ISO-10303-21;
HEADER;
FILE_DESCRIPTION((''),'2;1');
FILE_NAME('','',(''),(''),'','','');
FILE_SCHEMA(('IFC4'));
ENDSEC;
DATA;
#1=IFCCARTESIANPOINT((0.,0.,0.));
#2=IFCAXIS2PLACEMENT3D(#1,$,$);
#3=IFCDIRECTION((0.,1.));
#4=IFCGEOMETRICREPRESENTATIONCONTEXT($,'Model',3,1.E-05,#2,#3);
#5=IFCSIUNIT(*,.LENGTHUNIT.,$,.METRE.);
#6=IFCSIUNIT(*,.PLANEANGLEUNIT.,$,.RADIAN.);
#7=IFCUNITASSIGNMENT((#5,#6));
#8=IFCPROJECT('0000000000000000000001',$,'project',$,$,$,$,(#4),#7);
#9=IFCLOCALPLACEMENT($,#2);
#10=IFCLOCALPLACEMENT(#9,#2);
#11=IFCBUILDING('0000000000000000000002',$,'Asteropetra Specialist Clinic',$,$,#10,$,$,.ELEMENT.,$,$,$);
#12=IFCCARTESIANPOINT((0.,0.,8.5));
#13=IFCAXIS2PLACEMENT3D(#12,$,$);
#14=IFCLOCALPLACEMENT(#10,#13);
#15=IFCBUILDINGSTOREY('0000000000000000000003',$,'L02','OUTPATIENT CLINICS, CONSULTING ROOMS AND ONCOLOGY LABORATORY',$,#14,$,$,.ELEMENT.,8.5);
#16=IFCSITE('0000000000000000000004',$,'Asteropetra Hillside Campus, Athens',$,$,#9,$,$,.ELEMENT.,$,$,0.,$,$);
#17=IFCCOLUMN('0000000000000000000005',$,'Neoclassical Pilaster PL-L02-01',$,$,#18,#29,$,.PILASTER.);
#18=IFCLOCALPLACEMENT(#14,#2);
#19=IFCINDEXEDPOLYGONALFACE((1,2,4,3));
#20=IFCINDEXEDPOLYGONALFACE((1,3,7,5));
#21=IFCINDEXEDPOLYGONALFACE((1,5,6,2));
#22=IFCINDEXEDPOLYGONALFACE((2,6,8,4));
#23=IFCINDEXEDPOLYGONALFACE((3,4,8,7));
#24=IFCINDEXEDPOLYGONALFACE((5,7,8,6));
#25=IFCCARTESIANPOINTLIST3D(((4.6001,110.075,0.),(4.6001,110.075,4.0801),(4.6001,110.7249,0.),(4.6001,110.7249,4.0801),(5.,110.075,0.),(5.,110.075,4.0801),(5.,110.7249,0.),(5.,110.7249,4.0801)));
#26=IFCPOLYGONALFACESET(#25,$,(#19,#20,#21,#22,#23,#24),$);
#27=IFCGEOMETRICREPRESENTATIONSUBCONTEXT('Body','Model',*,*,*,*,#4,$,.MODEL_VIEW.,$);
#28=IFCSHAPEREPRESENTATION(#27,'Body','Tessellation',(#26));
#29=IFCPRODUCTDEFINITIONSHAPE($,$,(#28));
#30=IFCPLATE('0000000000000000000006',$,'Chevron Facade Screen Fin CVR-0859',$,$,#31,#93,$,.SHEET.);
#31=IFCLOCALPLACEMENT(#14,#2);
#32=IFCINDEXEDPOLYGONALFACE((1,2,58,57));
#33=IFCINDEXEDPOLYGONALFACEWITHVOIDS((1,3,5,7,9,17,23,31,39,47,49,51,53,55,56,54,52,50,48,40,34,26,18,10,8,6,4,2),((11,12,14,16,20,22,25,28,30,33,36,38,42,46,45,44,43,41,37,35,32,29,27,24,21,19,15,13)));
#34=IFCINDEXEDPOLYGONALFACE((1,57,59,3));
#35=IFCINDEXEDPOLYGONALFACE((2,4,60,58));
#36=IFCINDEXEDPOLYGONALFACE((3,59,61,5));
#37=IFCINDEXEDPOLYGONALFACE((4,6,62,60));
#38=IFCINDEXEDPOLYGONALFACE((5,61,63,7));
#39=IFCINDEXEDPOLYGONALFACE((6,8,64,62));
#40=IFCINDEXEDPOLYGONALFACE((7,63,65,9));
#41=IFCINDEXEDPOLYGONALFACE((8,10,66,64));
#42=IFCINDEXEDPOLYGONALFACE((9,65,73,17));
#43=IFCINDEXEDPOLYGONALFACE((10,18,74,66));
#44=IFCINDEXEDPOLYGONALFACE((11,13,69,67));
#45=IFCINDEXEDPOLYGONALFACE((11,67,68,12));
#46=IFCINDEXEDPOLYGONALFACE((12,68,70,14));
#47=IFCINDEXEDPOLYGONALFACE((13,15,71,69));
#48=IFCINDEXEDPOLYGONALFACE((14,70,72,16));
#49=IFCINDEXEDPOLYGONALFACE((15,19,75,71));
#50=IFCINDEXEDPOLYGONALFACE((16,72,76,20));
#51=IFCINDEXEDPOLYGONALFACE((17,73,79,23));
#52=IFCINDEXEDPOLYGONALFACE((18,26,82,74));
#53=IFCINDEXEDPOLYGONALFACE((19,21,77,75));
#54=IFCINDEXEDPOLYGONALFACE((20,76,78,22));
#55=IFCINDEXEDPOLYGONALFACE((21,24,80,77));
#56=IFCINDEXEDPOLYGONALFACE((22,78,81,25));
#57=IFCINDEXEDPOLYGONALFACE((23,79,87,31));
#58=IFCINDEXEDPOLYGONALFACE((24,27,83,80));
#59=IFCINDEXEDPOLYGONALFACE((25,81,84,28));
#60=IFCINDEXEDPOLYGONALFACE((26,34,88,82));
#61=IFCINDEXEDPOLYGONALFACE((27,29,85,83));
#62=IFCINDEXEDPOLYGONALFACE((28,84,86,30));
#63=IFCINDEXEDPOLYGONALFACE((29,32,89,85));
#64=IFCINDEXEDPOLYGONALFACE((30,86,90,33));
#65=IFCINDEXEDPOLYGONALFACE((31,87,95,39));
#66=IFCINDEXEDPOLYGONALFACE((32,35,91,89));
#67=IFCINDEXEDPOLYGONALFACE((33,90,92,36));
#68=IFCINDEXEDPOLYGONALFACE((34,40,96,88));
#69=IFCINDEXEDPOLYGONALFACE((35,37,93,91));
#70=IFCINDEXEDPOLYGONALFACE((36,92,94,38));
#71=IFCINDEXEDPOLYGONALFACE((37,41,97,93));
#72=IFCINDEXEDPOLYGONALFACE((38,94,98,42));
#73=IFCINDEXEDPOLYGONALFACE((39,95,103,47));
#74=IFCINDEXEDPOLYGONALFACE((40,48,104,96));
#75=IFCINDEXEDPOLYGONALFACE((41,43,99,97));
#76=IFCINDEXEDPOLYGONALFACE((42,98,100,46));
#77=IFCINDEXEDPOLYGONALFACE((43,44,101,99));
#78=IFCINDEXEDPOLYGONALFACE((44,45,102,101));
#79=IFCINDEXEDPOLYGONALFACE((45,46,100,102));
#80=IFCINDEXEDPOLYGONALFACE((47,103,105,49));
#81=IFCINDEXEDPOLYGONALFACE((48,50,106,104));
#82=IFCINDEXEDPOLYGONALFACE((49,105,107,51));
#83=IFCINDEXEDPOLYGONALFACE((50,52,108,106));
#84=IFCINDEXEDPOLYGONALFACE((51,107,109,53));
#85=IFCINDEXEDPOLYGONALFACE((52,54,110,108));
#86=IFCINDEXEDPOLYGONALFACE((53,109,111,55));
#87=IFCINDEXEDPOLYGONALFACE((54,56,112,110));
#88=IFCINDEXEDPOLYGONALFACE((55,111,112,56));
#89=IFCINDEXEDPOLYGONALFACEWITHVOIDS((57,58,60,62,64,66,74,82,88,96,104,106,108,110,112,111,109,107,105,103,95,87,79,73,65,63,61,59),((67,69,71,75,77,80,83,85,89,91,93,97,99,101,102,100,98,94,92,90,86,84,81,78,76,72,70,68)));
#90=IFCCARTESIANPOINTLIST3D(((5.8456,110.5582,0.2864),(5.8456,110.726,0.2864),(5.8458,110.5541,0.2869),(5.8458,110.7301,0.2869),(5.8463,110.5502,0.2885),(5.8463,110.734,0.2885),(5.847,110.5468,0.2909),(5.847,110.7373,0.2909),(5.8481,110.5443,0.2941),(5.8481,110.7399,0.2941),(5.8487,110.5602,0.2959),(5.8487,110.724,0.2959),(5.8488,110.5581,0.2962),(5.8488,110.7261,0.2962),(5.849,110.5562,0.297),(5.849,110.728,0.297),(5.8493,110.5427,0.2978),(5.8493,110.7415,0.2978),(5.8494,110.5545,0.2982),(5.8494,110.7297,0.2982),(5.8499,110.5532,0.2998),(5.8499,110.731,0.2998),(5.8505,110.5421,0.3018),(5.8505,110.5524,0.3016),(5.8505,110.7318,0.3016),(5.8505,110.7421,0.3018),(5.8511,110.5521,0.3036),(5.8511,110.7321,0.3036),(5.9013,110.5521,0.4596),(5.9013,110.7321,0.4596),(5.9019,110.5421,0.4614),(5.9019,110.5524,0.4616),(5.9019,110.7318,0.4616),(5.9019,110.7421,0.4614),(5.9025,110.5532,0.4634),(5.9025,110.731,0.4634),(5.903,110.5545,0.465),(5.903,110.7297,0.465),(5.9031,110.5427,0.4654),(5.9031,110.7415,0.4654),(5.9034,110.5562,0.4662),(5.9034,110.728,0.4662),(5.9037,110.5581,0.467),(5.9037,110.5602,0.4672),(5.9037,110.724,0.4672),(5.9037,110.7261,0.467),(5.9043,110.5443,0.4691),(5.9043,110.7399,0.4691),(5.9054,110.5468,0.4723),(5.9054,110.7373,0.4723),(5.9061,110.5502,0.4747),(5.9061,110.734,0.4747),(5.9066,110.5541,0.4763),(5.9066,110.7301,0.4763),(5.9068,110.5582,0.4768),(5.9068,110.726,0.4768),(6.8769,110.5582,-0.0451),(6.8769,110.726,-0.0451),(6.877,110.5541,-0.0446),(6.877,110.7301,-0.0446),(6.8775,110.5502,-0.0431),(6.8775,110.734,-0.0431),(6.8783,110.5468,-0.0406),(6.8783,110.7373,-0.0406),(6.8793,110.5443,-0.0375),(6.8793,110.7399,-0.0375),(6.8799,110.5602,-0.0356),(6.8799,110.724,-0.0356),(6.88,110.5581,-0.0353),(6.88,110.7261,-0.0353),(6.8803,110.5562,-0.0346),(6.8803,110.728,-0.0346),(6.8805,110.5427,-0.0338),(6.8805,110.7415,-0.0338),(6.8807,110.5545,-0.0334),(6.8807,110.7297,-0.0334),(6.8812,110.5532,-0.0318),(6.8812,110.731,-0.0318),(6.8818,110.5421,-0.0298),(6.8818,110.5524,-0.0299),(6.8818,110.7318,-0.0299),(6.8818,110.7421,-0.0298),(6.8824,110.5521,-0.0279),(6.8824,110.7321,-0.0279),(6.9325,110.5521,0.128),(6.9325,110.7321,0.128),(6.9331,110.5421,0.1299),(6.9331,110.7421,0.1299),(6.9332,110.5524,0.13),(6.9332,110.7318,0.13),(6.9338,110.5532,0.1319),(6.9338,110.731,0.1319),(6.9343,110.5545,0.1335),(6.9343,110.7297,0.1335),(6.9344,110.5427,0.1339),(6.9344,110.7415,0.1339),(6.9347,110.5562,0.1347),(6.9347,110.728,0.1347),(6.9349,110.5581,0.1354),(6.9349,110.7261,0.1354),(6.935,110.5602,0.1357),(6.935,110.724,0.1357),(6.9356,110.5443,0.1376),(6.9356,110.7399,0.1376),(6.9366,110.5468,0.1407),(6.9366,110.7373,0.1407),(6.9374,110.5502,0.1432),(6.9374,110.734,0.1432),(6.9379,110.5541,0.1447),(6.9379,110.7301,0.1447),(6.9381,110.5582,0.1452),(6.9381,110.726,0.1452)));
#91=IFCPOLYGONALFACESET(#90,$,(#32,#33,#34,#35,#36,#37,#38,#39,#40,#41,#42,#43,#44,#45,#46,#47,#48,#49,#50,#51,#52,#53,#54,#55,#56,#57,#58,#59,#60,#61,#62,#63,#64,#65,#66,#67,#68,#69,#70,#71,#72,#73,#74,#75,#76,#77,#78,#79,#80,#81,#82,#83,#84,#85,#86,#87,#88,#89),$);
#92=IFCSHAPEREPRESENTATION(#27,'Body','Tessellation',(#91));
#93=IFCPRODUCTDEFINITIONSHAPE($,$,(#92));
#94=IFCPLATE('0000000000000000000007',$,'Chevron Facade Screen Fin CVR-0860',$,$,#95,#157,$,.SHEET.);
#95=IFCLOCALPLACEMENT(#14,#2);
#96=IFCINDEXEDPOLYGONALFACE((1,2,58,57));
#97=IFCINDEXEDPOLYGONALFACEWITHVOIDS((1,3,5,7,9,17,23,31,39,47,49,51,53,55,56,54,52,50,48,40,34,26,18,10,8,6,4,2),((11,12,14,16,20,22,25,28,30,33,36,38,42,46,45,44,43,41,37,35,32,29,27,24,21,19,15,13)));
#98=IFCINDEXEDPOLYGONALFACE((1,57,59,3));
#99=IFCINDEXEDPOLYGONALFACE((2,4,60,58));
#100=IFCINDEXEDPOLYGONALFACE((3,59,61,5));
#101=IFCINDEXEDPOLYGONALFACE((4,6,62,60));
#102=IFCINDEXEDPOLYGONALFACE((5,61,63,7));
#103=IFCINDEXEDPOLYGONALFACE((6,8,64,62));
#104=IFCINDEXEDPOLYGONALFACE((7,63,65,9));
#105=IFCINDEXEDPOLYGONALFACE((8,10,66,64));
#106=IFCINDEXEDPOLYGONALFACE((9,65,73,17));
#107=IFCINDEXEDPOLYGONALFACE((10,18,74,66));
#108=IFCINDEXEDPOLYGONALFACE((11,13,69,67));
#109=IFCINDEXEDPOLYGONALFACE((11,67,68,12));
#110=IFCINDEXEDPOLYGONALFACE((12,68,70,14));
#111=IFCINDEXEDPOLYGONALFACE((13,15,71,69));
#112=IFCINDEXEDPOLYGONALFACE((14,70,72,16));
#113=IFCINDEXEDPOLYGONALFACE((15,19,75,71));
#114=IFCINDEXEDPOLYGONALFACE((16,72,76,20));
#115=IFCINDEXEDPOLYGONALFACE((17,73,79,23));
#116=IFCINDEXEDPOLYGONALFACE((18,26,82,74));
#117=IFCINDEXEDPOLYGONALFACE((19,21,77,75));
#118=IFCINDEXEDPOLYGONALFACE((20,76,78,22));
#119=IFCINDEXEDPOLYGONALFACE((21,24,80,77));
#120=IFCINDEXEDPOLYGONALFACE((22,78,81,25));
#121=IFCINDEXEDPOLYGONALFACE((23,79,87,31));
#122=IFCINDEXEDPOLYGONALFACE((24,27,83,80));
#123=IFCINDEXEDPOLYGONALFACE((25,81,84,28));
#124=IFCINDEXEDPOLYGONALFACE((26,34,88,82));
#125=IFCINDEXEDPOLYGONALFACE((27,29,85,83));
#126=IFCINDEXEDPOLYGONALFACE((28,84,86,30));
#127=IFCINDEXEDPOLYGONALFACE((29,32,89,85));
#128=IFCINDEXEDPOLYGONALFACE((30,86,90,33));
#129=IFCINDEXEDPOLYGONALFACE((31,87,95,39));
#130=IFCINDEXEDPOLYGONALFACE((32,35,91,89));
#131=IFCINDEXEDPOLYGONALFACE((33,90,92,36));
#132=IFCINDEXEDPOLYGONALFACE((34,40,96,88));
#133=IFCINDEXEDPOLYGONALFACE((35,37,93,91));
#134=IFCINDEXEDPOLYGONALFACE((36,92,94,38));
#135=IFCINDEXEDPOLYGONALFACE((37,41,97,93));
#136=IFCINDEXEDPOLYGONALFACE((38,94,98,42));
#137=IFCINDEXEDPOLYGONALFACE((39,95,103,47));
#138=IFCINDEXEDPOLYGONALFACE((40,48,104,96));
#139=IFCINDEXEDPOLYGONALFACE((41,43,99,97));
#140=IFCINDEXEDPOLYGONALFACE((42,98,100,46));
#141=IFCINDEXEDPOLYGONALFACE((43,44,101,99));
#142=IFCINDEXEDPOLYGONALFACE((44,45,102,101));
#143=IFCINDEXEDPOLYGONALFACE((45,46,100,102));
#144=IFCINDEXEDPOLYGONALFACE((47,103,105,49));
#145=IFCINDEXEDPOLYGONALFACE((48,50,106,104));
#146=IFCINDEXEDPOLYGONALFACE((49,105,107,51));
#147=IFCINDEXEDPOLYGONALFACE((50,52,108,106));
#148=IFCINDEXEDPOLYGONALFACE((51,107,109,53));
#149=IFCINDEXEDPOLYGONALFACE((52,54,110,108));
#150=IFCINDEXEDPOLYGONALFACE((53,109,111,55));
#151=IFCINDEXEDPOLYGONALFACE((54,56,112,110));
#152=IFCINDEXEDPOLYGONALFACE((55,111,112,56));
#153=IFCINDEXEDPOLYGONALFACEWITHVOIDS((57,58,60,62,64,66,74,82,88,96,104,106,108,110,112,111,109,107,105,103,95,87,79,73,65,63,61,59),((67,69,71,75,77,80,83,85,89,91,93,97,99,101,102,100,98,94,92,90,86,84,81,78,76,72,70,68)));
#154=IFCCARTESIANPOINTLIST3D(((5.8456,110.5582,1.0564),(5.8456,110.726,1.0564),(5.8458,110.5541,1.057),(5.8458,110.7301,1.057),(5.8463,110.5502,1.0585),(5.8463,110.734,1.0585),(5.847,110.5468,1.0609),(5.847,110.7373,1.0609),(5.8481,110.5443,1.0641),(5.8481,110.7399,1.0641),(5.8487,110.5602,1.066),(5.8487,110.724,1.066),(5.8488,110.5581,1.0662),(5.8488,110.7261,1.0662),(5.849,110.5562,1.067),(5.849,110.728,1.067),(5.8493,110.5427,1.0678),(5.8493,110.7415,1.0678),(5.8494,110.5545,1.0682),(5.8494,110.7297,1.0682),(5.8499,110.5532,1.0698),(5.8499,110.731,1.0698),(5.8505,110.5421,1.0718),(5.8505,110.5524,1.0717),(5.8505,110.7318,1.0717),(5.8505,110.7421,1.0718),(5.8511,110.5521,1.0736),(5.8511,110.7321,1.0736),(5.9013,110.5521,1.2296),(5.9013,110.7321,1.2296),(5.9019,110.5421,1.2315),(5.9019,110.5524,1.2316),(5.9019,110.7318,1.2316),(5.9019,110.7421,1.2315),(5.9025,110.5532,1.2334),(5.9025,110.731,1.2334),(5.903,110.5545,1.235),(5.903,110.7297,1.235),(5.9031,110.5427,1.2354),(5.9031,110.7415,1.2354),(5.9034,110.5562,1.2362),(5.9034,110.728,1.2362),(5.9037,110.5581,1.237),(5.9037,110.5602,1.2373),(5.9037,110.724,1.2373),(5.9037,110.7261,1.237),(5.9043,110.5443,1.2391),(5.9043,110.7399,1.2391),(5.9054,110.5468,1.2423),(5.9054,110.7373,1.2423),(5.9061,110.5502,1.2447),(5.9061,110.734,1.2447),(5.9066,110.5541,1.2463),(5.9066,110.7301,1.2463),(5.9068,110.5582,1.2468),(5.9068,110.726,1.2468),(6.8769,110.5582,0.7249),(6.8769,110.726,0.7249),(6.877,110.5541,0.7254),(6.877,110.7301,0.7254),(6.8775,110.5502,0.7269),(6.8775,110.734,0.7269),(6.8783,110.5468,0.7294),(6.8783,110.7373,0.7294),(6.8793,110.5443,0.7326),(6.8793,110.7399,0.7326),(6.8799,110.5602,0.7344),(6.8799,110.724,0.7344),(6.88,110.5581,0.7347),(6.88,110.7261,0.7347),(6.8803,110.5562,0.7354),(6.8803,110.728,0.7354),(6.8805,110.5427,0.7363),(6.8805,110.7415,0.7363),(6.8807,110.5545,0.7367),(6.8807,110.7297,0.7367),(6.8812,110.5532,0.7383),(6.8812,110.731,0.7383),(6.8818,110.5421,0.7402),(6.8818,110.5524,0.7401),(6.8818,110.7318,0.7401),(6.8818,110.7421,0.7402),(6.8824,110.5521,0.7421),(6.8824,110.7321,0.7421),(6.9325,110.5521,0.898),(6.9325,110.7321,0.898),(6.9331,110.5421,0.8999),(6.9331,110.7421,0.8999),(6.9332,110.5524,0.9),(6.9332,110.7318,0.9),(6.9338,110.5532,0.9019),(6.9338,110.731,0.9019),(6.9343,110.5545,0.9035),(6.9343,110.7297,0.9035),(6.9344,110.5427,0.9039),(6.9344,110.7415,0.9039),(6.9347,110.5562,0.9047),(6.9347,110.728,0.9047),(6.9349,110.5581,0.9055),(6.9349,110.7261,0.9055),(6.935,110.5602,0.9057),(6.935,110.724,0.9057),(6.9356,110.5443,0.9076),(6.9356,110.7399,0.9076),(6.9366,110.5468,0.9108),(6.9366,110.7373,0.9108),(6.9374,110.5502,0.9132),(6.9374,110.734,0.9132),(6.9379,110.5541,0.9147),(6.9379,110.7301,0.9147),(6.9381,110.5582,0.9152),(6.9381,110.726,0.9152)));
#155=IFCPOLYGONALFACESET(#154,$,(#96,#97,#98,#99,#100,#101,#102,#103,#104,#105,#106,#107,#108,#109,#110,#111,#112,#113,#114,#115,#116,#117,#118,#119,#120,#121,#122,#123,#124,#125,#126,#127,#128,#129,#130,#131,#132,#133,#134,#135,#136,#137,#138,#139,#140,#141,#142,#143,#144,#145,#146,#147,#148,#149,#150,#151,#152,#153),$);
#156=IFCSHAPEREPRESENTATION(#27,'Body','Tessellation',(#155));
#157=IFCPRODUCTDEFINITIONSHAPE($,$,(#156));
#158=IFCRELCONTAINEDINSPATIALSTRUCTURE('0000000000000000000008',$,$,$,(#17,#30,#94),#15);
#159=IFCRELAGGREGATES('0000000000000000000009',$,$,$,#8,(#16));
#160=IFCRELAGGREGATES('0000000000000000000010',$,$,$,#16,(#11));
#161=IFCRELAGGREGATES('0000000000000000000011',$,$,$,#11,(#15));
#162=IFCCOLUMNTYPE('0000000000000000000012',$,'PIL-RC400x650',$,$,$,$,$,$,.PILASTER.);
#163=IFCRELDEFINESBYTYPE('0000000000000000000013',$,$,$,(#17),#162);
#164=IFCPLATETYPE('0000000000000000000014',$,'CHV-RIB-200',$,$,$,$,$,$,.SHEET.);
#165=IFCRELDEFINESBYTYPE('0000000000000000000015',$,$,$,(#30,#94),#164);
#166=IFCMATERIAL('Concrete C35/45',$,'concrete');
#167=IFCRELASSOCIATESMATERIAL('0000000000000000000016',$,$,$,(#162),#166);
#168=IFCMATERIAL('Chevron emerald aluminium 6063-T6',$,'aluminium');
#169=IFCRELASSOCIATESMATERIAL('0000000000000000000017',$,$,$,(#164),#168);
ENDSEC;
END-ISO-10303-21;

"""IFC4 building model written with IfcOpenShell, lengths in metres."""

from ifc_helpers import new_model, si_unit, direction, frame, origin, origin_2d, place, context, subcontext, project, spatial, rectangle, hollow_rectangle, extrude, material, material_profile, profile_set, type_object, element, save


model = new_model("IFC4")

# Units and contexts
model_context = context("Model", 3, precision=1e-05, world=origin(), true_north=direction((0.0, 1.0)))
body_context = subcontext(model_context, "Body", "Model", "MODEL_VIEW")
ifc_project = project(units=[si_unit("LENGTHUNIT", "METRE"), si_unit("PLANEANGLEUNIT", "RADIAN")], contexts=[model_context])

# Site, building, storey
site_placement = place(None, origin())
site = spatial("IfcSite", under=ifc_project, at=site_placement, Name="Asteropetra Hillside Campus, Athens", CompositionType="ELEMENT", RefElevation=0.0)
building_placement = place(site_placement, origin())
building = spatial("IfcBuilding", under=site, at=building_placement, Name="Asteropetra Specialist Clinic", CompositionType="ELEMENT")
storey_placement = place(building_placement, frame((0.0, 0.0, 8.5)))
storey = spatial("IfcBuildingStorey", under=building, at=storey_placement, Name="L02", Description="OUTPATIENT CLINICS, CONSULTING ROOMS AND ONCOLOGY LABORATORY", CompositionType="ELEMENT", Elevation=8.5)

# Column
ifc_material_1 = material(Name="Concrete C35/45", Category="concrete")
ifc_material_profile_1 = material_profile(ifc_material_1, rectangle(XDim=0.3999, YDim=0.6499, at=origin_2d()), Name="PIL 400x650")
ifc_profile_set_1 = profile_set([ifc_material_profile_1], Name="Concrete C35/45")
column_type = type_object("IfcColumnType", Name="PIL-RC400x650", PredefinedType="PILASTER", material=ifc_profile_set_1)
column_placement = place(storey_placement, frame((4.8, 110.3999, 0.0), z_axis=(0.0, 0.0, 1.0), x_axis=(1.0, 0.0, 0.0)))
element("IfcColumn", 1, at=column_placement, inside=storey, type_object=column_type, Name="Neoclassical Pilaster PL-L02-01", PredefinedType="PILASTER", context=body_context, shape_type="SweptSolid", body=[
    extrude(rectangle(XDim=0.3999, YDim=0.6499, at=origin_2d()), origin(), (0.0, 0.0, 1.0), 4.0801),
])

# Plates
ifc_material_2 = material(Name="Chevron emerald aluminium 6063-T6", Category="aluminium")
ifc_material_profile_2 = material_profile(ifc_material_2, hollow_rectangle(XDim=0.2, YDim=0.2, WallThickness=0.01, InnerFilletRadius=0.0081, OuterFilletRadius=0.0161, at=origin_2d()), Name="SHS 200x200x10.0")
ifc_profile_set_2 = profile_set([ifc_material_profile_2], Name="Chevron emerald aluminium 6063-T6")
plate_type_1 = type_object("IfcPlateType", Name="CHV-RIB-200", PredefinedType="SHEET", material=ifc_profile_set_2)
for number, where, z_axis, x_axis, name in (
    (2, (6.9075, 110.6421, 0.05), (-0.95201, 0.0, 0.306068), (0.0, -1.0, 0.0), "Chevron Facade Screen Fin CVR-0859"),
    (3, (6.9075, 110.6421, 0.8201), (-0.95201, 0.0, 0.306068), (0.0, -1.0, 0.0), "Chevron Facade Screen Fin CVR-0860"),
):
    element("IfcPlate", number, at=place(storey_placement, frame(where, z_axis=z_axis, x_axis=x_axis)), inside=storey, type_object=plate_type_1, Name=name, PredefinedType="SHEET", context=body_context, shape_type="SweptSolid", body=[
        extrude(hollow_rectangle(XDim=0.2, YDim=0.2, WallThickness=0.01, InnerFilletRadius=0.0081, OuterFilletRadius=0.0161, at=origin_2d()), origin(), (0.0, 0.0, 1.0), 1.0833),
    ])

save(model, "model.ifc")
